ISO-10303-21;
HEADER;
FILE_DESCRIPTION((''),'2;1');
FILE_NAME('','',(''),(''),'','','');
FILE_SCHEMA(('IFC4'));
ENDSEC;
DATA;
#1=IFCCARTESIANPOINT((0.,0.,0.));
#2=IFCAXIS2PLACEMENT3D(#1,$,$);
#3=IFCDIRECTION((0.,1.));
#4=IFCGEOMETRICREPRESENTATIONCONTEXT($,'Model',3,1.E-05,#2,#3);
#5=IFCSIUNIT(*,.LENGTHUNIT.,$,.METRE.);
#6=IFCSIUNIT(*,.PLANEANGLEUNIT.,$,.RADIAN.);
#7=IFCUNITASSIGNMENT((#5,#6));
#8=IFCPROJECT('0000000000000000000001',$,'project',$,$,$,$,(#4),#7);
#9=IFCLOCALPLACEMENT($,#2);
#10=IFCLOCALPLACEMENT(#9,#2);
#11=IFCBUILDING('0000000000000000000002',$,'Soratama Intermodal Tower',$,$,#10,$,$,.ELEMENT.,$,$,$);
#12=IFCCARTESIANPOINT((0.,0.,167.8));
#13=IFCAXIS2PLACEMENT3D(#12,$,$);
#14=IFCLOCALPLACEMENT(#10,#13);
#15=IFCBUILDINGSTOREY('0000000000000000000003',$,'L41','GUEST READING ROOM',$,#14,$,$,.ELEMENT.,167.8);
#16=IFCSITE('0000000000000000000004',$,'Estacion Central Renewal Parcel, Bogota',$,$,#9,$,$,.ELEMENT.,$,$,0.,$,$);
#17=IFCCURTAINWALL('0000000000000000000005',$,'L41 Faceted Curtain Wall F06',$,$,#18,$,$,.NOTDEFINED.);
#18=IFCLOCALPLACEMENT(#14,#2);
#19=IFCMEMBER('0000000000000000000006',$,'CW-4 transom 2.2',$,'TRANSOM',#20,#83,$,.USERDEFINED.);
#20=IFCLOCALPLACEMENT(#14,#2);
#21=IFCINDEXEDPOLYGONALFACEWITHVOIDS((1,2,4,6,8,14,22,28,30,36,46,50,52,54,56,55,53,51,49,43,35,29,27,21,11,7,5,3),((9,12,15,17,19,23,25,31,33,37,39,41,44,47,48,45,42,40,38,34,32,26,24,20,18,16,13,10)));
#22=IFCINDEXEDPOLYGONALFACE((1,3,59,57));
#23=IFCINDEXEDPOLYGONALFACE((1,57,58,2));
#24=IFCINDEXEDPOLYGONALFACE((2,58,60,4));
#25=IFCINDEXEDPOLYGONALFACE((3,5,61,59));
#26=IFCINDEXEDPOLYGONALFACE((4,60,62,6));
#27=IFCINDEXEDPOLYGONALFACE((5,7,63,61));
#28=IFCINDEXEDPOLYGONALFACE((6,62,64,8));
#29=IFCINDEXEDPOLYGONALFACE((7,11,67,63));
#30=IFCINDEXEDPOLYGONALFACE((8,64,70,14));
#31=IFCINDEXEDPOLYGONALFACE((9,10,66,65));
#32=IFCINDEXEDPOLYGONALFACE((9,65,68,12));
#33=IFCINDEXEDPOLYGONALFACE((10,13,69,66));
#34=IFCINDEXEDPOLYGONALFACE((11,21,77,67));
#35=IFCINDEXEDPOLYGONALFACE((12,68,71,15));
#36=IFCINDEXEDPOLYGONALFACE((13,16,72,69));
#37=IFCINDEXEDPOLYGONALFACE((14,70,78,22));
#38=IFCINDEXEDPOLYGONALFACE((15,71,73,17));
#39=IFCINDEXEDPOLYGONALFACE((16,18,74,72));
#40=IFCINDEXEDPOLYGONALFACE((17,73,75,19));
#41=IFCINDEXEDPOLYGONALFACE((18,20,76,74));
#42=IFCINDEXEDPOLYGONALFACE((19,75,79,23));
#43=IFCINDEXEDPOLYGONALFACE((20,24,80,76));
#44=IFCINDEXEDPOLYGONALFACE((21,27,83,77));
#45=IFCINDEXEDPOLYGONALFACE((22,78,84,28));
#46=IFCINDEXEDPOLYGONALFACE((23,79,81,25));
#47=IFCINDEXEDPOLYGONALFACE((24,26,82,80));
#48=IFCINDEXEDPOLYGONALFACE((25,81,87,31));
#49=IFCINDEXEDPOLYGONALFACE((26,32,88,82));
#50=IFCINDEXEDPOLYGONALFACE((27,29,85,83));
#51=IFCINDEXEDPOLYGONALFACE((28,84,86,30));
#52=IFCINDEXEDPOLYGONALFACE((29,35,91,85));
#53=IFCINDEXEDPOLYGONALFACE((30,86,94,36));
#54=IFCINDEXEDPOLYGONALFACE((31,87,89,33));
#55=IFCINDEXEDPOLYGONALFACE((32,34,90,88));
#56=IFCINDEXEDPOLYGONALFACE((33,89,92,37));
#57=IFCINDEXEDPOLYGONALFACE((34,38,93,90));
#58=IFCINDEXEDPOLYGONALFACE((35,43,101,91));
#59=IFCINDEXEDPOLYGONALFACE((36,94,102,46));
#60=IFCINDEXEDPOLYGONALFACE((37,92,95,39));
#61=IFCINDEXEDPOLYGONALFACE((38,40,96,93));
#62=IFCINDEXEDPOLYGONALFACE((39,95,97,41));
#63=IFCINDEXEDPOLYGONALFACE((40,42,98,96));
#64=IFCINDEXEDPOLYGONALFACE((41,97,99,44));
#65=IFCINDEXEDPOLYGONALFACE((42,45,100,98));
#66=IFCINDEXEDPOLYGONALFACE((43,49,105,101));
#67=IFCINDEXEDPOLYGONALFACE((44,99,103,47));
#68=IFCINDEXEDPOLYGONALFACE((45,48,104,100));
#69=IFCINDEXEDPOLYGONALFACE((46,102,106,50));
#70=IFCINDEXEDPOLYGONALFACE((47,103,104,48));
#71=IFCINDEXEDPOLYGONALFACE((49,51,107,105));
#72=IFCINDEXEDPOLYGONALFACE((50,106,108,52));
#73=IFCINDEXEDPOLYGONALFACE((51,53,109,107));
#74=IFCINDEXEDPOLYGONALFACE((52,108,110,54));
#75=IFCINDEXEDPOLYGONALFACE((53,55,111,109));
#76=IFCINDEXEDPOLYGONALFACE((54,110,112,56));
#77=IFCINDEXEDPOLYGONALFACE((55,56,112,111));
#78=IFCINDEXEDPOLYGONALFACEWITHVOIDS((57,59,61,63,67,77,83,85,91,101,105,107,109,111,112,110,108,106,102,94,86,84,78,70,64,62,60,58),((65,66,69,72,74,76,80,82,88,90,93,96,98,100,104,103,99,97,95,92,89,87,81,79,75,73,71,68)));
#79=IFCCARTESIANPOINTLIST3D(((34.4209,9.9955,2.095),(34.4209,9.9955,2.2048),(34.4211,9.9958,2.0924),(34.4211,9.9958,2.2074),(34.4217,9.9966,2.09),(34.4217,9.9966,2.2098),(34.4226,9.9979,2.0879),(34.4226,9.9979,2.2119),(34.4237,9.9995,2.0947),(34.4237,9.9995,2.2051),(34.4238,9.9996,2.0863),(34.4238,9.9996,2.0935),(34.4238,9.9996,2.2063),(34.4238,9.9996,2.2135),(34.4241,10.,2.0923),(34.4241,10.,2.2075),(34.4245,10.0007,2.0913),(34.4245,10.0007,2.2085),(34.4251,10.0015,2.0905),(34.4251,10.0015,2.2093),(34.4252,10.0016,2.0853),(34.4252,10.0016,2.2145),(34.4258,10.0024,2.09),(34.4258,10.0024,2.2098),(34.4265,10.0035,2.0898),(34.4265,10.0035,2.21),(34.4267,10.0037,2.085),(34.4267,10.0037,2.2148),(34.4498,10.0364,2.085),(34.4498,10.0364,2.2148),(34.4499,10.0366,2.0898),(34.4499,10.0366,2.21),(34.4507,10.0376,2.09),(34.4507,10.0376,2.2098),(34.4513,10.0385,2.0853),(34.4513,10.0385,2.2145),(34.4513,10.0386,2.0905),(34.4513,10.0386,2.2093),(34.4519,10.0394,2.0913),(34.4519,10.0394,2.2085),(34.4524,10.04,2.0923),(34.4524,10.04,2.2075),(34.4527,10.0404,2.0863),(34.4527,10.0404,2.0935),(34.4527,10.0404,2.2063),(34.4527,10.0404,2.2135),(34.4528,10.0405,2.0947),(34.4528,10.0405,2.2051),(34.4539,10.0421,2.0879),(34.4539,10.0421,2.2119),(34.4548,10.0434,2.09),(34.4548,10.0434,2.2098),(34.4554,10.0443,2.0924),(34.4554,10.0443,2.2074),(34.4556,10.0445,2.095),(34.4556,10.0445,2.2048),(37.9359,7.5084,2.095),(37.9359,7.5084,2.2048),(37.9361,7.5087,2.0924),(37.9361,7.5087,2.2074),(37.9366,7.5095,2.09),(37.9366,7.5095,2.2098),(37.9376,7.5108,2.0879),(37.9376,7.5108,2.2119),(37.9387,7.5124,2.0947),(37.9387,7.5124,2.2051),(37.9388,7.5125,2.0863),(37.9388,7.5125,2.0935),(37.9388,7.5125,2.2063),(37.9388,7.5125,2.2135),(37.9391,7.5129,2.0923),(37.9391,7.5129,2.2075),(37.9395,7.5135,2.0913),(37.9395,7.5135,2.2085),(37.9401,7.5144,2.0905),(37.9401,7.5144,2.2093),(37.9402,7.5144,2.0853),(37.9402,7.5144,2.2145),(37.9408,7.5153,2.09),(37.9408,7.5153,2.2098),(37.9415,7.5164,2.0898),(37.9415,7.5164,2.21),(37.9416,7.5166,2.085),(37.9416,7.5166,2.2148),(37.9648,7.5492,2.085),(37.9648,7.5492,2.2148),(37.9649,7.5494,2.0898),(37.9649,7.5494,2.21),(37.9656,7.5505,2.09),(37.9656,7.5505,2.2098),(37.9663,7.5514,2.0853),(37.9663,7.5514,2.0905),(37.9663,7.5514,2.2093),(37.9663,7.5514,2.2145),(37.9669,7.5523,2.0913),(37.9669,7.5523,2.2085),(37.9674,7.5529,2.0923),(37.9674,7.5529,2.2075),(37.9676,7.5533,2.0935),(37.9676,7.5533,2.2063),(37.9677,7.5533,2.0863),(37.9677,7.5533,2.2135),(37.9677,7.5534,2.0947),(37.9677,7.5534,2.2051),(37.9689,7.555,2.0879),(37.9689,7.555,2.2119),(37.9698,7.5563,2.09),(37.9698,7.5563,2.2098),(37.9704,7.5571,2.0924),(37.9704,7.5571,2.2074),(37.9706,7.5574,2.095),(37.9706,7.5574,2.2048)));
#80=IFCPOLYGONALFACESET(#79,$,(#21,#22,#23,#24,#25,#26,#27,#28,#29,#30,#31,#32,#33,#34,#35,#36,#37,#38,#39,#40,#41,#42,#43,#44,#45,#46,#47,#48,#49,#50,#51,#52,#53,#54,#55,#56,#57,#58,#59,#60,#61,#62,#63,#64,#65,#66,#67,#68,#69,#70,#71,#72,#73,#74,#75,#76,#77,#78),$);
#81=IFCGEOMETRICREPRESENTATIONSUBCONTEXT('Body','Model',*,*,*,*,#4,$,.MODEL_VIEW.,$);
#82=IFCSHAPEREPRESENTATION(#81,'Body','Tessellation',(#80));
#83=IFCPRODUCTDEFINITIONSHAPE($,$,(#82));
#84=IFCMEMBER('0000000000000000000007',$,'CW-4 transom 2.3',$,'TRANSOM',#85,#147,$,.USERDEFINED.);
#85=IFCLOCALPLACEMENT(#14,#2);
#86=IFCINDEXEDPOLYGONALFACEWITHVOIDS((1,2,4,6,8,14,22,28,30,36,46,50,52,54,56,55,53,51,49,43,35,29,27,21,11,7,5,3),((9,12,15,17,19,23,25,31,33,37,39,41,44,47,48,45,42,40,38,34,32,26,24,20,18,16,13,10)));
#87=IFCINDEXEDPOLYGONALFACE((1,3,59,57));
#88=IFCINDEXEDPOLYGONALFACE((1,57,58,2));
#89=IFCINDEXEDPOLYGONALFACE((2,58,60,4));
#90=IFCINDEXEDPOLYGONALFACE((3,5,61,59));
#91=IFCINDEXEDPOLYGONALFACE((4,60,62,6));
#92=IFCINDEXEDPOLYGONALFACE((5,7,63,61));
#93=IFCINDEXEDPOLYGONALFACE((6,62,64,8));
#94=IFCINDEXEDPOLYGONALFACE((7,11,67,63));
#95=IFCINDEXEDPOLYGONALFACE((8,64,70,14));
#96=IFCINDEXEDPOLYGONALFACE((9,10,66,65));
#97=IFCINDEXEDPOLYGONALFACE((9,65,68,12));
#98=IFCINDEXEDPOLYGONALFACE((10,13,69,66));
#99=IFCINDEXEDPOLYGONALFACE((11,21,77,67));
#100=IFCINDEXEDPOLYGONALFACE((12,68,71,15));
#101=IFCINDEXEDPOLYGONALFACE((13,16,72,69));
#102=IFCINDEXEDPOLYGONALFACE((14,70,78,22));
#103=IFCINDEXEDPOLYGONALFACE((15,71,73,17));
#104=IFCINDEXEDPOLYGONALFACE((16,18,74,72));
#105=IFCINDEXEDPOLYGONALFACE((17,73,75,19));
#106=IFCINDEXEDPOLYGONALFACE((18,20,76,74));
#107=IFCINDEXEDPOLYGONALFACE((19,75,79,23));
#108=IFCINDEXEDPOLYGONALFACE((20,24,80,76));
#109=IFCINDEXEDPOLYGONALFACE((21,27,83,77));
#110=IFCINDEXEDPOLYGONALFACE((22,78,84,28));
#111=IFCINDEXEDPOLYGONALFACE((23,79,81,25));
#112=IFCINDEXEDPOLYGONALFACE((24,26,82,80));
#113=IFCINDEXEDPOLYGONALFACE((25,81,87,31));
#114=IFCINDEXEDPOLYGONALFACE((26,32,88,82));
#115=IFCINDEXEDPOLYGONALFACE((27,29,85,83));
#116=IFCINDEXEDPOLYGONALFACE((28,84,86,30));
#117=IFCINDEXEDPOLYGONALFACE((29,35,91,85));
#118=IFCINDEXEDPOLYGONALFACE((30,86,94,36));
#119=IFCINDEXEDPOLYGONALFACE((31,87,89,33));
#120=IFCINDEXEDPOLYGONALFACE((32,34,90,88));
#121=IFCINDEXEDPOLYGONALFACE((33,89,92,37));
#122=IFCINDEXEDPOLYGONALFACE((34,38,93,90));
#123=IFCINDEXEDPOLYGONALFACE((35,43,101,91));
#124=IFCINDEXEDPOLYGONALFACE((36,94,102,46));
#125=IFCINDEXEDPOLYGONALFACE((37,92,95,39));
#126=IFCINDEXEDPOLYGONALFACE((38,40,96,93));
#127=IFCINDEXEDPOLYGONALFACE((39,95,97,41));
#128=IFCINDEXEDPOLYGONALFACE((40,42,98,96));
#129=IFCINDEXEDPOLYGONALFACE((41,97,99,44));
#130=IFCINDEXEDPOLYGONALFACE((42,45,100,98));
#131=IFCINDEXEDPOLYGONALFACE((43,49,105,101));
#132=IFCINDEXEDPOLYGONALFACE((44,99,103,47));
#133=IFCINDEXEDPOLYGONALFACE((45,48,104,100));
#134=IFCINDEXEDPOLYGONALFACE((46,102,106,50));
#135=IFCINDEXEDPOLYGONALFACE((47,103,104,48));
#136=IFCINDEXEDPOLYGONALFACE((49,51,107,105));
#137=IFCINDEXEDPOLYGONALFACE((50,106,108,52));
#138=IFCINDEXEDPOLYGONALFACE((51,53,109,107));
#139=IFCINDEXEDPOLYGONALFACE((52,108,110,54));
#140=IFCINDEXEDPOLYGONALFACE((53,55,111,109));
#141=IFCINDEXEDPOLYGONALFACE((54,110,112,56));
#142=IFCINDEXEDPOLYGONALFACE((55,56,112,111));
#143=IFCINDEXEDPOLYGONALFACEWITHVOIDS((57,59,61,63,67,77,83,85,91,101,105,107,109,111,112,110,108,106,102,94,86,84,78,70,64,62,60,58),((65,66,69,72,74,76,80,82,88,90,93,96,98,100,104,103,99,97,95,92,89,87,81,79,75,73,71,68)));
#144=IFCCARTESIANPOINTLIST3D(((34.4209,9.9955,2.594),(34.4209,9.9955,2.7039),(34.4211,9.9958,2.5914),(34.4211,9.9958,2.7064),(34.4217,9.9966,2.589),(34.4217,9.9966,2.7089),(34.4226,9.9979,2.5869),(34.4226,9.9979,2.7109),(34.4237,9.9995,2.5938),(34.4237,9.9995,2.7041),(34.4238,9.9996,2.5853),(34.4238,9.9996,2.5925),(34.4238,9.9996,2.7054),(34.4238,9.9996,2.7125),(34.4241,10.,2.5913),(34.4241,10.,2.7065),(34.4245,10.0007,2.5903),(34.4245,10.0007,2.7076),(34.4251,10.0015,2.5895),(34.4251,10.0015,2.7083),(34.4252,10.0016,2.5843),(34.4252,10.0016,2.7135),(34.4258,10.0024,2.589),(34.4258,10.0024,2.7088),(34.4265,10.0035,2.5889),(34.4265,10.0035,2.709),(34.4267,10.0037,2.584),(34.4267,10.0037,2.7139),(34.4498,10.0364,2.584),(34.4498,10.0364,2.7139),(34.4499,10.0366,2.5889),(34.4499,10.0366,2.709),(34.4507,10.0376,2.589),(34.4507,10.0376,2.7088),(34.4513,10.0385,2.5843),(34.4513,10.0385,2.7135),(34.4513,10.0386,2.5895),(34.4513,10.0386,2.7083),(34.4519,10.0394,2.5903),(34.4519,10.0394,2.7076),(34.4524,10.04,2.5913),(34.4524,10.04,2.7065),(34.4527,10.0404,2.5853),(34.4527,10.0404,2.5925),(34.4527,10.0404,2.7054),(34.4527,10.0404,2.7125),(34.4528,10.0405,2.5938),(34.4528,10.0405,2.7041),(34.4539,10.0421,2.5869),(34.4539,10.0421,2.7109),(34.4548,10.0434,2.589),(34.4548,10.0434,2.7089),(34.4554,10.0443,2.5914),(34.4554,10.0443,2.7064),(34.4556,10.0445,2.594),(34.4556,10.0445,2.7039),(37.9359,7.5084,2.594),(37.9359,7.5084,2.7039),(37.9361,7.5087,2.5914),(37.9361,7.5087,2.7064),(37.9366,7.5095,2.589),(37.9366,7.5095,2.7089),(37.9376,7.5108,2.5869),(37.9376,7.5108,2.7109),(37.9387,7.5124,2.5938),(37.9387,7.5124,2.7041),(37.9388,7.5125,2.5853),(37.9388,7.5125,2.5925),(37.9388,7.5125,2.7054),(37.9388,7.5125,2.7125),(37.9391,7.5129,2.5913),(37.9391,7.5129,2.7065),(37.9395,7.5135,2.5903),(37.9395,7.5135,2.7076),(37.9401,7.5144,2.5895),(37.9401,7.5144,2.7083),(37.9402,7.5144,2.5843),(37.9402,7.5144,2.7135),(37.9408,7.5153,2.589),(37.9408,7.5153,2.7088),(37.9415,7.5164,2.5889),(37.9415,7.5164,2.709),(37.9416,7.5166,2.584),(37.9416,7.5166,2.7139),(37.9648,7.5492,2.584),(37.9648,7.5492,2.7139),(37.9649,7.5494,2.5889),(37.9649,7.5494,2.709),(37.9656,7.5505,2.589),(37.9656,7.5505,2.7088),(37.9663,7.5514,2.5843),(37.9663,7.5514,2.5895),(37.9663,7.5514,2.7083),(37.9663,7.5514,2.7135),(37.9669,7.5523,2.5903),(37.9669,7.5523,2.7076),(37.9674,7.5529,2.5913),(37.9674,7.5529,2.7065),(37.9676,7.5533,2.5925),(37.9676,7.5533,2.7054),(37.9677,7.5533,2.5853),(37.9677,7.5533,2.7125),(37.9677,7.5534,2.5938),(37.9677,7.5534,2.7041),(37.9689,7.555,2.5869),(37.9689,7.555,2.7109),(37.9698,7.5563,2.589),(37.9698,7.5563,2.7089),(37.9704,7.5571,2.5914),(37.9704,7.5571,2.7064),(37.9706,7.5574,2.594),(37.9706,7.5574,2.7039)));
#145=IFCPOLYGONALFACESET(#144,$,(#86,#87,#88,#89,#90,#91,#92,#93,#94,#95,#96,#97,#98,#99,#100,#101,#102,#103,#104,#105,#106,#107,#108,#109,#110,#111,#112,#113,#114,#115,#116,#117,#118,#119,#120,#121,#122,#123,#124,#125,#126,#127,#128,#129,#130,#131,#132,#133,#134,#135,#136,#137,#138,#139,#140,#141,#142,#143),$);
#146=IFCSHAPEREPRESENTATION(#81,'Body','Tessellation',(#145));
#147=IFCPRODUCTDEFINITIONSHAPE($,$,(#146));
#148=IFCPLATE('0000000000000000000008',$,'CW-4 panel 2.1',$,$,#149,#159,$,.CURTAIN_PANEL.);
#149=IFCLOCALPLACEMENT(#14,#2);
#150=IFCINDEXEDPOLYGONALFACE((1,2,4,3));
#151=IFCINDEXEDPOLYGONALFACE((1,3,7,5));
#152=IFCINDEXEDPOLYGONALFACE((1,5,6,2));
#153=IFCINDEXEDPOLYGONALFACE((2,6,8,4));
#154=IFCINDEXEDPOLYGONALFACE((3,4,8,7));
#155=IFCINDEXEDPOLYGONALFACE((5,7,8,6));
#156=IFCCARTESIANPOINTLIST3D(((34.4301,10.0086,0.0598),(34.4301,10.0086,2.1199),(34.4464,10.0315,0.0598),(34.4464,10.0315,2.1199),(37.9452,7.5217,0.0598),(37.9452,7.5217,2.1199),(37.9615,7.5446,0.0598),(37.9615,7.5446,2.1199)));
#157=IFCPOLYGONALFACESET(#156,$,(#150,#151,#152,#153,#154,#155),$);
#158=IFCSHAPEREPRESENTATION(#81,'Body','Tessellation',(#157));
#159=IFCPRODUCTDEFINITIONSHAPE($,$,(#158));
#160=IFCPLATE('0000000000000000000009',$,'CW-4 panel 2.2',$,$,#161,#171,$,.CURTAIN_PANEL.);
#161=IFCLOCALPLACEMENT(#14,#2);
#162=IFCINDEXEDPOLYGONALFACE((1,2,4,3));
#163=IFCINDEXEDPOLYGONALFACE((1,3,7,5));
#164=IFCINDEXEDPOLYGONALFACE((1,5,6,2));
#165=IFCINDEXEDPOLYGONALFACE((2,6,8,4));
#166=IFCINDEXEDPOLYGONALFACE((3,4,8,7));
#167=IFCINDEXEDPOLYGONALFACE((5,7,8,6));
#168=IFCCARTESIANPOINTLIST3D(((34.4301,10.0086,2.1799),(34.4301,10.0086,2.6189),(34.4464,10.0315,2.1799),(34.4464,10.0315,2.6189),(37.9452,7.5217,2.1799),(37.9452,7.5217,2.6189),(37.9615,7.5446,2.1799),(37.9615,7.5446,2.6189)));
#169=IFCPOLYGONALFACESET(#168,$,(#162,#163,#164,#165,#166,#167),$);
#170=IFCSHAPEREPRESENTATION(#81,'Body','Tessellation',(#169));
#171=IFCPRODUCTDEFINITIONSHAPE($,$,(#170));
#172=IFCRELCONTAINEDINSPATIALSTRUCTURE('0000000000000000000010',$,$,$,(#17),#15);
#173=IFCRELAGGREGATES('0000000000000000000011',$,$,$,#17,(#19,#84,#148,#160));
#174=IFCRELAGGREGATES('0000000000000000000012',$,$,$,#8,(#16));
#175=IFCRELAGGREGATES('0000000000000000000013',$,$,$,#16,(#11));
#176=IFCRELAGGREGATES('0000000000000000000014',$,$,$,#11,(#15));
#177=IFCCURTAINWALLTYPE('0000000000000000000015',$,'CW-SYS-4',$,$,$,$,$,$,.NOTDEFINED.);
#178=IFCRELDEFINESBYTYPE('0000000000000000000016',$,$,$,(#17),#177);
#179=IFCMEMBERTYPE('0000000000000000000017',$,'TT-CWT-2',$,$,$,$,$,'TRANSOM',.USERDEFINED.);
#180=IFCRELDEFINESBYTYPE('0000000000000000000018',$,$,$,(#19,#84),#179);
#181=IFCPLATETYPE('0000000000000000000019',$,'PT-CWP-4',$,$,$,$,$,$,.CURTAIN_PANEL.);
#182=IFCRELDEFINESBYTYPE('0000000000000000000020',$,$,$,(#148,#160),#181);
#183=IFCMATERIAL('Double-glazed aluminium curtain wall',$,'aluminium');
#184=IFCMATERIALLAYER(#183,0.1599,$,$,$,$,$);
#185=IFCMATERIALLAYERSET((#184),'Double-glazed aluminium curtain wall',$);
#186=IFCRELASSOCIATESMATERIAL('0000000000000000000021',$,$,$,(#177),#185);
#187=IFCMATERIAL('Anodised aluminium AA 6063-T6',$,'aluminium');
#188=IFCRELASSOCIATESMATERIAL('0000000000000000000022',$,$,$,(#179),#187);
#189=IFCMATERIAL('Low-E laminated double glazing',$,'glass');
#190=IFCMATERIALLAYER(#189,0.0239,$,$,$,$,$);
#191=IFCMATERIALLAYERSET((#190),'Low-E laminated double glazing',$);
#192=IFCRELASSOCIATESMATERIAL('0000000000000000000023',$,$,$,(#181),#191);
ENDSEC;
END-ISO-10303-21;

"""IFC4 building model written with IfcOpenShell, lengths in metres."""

from ifc_helpers import new_model, si_unit, direction, frame, origin, origin_2d, place, context, subcontext, project, spatial, rectangle, hollow_rectangle, extrude, material, layer, layer_set, material_profile, profile_set, type_object, element, aggregate, save


model = new_model("IFC4")

# Units and contexts
model_context = context("Model", 3, precision=1e-05, world=origin(), true_north=direction((0.0, 1.0)))
body_context = subcontext(model_context, "Body", "Model", "MODEL_VIEW")
ifc_project = project(units=[si_unit("LENGTHUNIT", "METRE"), si_unit("PLANEANGLEUNIT", "RADIAN")], contexts=[model_context])

# Site, building, storey
site_placement = place(None, origin())
site = spatial("IfcSite", under=ifc_project, at=site_placement, Name="Estacion Central Renewal Parcel, Bogota", CompositionType="ELEMENT", RefElevation=0.0)
building_placement = place(site_placement, origin())
building = spatial("IfcBuilding", under=site, at=building_placement, Name="Soratama Intermodal Tower", CompositionType="ELEMENT")
storey_placement = place(building_placement, frame((0.0, 0.0, 167.8)))
storey = spatial("IfcBuildingStorey", under=building, at=storey_placement, Name="L41", Description="GUEST READING ROOM", CompositionType="ELEMENT", Elevation=167.8)

# Curtain wall, members, plates
ifc_material_1 = material(Name="Double-glazed aluminium curtain wall", Category="aluminium")
ifc_layer_1 = layer(ifc_material_1, 0.1599)
ifc_layer_set_1 = layer_set([ifc_layer_1], Name="Double-glazed aluminium curtain wall")
curtain_wall_type = type_object("IfcCurtainWallType", Name="CW-SYS-4", PredefinedType="NOTDEFINED", material=ifc_layer_set_1)
curtain_wall_placement = place(storey_placement, origin())
curtain_wall = element("IfcCurtainWall", 1, at=curtain_wall_placement, inside=storey, type_object=curtain_wall_type, Name="L41 Faceted Curtain Wall F06", PredefinedType="NOTDEFINED")
ifc_material_2 = material(Name="Anodised aluminium AA 6063-T6", Category="aluminium")
ifc_material_profile_1 = material_profile(ifc_material_2, hollow_rectangle(XDim=0.0601, YDim=0.1299, WallThickness=0.0049, InnerFilletRadius=0.0049, OuterFilletRadius=0.01, at=origin_2d()), Name="CWT130X60X5")
ifc_profile_set_1 = profile_set([ifc_material_profile_1], Name="Anodised aluminium AA 6063-T6")
member_type_1 = type_object("IfcMemberType", Name="TT-CWT-2", ElementType="TRANSOM", PredefinedType="USERDEFINED", material=ifc_profile_set_1)
member_1_placement = place(storey_placement, frame((34.4382, 10.02, 2.1499), z_axis=(0.816315, -0.577607, 0.0), x_axis=(0.577607, 0.816315, 0.0)))
member_1 = element("IfcMember", 2, at=member_1_placement, type_object=member_type_1, Name="CW-4 transom 2.2", ObjectType="TRANSOM", PredefinedType="USERDEFINED", context=body_context, shape_type="SweptSolid", body=[
    extrude(hollow_rectangle(XDim=0.0601, YDim=0.1299, WallThickness=0.0049, InnerFilletRadius=0.0049, OuterFilletRadius=0.01, at=origin_2d()), origin(), (0.0, 0.0, 1.0), 4.3059),
])
member_2_placement = place(storey_placement, frame((34.4382, 10.02, 2.6489), z_axis=(0.816315, -0.577607, 0.0), x_axis=(0.577607, 0.816315, 0.0)))
member_2 = element("IfcMember", 3, at=member_2_placement, type_object=member_type_1, Name="CW-4 transom 2.3", ObjectType="TRANSOM", PredefinedType="USERDEFINED", context=body_context, shape_type="SweptSolid", body=[
    extrude(hollow_rectangle(XDim=0.0601, YDim=0.1299, WallThickness=0.0049, InnerFilletRadius=0.0049, OuterFilletRadius=0.01, at=origin_2d()), origin(), (0.0, 0.0, 1.0), 4.3059),
])
ifc_material_3 = material(Name="Low-E laminated double glazing", Category="glass")
ifc_layer_2 = layer(ifc_material_3, 0.0239)
ifc_layer_set_2 = layer_set([ifc_layer_2], Name="Low-E laminated double glazing")
plate_type = type_object("IfcPlateType", Name="PT-CWP-4", PredefinedType="CURTAIN_PANEL", material=ifc_layer_set_2)
plate_1_placement = place(storey_placement, frame((36.1958, 8.7766, 0.0598), z_axis=(0.0, 0.0, 1.0), x_axis=(0.816345, -0.577564, 0.0)))
plate_1 = element("IfcPlate", 4, at=plate_1_placement, type_object=plate_type, Name="CW-4 panel 2.1", PredefinedType="CURTAIN_PANEL", context=body_context, shape_type="SweptSolid", body=[
    extrude(rectangle(XDim=4.3059, YDim=0.0281, at=origin_2d()), origin(), (0.0, 0.0, 1.0), 2.0601),
])
plate_2_placement = place(storey_placement, frame((36.1958, 8.7766, 2.1799), z_axis=(0.0, 0.0, 1.0), x_axis=(0.816345, -0.577564, 0.0)))
plate_2 = element("IfcPlate", 5, at=plate_2_placement, type_object=plate_type, Name="CW-4 panel 2.2", PredefinedType="CURTAIN_PANEL", context=body_context, shape_type="SweptSolid", body=[
    extrude(rectangle(XDim=4.3059, YDim=0.0281, at=origin_2d()), origin(), (0.0, 0.0, 1.0), 0.439),
])
aggregate(curtain_wall, [member_1, member_2, plate_1, plate_2])

save(model, "model.ifc")
